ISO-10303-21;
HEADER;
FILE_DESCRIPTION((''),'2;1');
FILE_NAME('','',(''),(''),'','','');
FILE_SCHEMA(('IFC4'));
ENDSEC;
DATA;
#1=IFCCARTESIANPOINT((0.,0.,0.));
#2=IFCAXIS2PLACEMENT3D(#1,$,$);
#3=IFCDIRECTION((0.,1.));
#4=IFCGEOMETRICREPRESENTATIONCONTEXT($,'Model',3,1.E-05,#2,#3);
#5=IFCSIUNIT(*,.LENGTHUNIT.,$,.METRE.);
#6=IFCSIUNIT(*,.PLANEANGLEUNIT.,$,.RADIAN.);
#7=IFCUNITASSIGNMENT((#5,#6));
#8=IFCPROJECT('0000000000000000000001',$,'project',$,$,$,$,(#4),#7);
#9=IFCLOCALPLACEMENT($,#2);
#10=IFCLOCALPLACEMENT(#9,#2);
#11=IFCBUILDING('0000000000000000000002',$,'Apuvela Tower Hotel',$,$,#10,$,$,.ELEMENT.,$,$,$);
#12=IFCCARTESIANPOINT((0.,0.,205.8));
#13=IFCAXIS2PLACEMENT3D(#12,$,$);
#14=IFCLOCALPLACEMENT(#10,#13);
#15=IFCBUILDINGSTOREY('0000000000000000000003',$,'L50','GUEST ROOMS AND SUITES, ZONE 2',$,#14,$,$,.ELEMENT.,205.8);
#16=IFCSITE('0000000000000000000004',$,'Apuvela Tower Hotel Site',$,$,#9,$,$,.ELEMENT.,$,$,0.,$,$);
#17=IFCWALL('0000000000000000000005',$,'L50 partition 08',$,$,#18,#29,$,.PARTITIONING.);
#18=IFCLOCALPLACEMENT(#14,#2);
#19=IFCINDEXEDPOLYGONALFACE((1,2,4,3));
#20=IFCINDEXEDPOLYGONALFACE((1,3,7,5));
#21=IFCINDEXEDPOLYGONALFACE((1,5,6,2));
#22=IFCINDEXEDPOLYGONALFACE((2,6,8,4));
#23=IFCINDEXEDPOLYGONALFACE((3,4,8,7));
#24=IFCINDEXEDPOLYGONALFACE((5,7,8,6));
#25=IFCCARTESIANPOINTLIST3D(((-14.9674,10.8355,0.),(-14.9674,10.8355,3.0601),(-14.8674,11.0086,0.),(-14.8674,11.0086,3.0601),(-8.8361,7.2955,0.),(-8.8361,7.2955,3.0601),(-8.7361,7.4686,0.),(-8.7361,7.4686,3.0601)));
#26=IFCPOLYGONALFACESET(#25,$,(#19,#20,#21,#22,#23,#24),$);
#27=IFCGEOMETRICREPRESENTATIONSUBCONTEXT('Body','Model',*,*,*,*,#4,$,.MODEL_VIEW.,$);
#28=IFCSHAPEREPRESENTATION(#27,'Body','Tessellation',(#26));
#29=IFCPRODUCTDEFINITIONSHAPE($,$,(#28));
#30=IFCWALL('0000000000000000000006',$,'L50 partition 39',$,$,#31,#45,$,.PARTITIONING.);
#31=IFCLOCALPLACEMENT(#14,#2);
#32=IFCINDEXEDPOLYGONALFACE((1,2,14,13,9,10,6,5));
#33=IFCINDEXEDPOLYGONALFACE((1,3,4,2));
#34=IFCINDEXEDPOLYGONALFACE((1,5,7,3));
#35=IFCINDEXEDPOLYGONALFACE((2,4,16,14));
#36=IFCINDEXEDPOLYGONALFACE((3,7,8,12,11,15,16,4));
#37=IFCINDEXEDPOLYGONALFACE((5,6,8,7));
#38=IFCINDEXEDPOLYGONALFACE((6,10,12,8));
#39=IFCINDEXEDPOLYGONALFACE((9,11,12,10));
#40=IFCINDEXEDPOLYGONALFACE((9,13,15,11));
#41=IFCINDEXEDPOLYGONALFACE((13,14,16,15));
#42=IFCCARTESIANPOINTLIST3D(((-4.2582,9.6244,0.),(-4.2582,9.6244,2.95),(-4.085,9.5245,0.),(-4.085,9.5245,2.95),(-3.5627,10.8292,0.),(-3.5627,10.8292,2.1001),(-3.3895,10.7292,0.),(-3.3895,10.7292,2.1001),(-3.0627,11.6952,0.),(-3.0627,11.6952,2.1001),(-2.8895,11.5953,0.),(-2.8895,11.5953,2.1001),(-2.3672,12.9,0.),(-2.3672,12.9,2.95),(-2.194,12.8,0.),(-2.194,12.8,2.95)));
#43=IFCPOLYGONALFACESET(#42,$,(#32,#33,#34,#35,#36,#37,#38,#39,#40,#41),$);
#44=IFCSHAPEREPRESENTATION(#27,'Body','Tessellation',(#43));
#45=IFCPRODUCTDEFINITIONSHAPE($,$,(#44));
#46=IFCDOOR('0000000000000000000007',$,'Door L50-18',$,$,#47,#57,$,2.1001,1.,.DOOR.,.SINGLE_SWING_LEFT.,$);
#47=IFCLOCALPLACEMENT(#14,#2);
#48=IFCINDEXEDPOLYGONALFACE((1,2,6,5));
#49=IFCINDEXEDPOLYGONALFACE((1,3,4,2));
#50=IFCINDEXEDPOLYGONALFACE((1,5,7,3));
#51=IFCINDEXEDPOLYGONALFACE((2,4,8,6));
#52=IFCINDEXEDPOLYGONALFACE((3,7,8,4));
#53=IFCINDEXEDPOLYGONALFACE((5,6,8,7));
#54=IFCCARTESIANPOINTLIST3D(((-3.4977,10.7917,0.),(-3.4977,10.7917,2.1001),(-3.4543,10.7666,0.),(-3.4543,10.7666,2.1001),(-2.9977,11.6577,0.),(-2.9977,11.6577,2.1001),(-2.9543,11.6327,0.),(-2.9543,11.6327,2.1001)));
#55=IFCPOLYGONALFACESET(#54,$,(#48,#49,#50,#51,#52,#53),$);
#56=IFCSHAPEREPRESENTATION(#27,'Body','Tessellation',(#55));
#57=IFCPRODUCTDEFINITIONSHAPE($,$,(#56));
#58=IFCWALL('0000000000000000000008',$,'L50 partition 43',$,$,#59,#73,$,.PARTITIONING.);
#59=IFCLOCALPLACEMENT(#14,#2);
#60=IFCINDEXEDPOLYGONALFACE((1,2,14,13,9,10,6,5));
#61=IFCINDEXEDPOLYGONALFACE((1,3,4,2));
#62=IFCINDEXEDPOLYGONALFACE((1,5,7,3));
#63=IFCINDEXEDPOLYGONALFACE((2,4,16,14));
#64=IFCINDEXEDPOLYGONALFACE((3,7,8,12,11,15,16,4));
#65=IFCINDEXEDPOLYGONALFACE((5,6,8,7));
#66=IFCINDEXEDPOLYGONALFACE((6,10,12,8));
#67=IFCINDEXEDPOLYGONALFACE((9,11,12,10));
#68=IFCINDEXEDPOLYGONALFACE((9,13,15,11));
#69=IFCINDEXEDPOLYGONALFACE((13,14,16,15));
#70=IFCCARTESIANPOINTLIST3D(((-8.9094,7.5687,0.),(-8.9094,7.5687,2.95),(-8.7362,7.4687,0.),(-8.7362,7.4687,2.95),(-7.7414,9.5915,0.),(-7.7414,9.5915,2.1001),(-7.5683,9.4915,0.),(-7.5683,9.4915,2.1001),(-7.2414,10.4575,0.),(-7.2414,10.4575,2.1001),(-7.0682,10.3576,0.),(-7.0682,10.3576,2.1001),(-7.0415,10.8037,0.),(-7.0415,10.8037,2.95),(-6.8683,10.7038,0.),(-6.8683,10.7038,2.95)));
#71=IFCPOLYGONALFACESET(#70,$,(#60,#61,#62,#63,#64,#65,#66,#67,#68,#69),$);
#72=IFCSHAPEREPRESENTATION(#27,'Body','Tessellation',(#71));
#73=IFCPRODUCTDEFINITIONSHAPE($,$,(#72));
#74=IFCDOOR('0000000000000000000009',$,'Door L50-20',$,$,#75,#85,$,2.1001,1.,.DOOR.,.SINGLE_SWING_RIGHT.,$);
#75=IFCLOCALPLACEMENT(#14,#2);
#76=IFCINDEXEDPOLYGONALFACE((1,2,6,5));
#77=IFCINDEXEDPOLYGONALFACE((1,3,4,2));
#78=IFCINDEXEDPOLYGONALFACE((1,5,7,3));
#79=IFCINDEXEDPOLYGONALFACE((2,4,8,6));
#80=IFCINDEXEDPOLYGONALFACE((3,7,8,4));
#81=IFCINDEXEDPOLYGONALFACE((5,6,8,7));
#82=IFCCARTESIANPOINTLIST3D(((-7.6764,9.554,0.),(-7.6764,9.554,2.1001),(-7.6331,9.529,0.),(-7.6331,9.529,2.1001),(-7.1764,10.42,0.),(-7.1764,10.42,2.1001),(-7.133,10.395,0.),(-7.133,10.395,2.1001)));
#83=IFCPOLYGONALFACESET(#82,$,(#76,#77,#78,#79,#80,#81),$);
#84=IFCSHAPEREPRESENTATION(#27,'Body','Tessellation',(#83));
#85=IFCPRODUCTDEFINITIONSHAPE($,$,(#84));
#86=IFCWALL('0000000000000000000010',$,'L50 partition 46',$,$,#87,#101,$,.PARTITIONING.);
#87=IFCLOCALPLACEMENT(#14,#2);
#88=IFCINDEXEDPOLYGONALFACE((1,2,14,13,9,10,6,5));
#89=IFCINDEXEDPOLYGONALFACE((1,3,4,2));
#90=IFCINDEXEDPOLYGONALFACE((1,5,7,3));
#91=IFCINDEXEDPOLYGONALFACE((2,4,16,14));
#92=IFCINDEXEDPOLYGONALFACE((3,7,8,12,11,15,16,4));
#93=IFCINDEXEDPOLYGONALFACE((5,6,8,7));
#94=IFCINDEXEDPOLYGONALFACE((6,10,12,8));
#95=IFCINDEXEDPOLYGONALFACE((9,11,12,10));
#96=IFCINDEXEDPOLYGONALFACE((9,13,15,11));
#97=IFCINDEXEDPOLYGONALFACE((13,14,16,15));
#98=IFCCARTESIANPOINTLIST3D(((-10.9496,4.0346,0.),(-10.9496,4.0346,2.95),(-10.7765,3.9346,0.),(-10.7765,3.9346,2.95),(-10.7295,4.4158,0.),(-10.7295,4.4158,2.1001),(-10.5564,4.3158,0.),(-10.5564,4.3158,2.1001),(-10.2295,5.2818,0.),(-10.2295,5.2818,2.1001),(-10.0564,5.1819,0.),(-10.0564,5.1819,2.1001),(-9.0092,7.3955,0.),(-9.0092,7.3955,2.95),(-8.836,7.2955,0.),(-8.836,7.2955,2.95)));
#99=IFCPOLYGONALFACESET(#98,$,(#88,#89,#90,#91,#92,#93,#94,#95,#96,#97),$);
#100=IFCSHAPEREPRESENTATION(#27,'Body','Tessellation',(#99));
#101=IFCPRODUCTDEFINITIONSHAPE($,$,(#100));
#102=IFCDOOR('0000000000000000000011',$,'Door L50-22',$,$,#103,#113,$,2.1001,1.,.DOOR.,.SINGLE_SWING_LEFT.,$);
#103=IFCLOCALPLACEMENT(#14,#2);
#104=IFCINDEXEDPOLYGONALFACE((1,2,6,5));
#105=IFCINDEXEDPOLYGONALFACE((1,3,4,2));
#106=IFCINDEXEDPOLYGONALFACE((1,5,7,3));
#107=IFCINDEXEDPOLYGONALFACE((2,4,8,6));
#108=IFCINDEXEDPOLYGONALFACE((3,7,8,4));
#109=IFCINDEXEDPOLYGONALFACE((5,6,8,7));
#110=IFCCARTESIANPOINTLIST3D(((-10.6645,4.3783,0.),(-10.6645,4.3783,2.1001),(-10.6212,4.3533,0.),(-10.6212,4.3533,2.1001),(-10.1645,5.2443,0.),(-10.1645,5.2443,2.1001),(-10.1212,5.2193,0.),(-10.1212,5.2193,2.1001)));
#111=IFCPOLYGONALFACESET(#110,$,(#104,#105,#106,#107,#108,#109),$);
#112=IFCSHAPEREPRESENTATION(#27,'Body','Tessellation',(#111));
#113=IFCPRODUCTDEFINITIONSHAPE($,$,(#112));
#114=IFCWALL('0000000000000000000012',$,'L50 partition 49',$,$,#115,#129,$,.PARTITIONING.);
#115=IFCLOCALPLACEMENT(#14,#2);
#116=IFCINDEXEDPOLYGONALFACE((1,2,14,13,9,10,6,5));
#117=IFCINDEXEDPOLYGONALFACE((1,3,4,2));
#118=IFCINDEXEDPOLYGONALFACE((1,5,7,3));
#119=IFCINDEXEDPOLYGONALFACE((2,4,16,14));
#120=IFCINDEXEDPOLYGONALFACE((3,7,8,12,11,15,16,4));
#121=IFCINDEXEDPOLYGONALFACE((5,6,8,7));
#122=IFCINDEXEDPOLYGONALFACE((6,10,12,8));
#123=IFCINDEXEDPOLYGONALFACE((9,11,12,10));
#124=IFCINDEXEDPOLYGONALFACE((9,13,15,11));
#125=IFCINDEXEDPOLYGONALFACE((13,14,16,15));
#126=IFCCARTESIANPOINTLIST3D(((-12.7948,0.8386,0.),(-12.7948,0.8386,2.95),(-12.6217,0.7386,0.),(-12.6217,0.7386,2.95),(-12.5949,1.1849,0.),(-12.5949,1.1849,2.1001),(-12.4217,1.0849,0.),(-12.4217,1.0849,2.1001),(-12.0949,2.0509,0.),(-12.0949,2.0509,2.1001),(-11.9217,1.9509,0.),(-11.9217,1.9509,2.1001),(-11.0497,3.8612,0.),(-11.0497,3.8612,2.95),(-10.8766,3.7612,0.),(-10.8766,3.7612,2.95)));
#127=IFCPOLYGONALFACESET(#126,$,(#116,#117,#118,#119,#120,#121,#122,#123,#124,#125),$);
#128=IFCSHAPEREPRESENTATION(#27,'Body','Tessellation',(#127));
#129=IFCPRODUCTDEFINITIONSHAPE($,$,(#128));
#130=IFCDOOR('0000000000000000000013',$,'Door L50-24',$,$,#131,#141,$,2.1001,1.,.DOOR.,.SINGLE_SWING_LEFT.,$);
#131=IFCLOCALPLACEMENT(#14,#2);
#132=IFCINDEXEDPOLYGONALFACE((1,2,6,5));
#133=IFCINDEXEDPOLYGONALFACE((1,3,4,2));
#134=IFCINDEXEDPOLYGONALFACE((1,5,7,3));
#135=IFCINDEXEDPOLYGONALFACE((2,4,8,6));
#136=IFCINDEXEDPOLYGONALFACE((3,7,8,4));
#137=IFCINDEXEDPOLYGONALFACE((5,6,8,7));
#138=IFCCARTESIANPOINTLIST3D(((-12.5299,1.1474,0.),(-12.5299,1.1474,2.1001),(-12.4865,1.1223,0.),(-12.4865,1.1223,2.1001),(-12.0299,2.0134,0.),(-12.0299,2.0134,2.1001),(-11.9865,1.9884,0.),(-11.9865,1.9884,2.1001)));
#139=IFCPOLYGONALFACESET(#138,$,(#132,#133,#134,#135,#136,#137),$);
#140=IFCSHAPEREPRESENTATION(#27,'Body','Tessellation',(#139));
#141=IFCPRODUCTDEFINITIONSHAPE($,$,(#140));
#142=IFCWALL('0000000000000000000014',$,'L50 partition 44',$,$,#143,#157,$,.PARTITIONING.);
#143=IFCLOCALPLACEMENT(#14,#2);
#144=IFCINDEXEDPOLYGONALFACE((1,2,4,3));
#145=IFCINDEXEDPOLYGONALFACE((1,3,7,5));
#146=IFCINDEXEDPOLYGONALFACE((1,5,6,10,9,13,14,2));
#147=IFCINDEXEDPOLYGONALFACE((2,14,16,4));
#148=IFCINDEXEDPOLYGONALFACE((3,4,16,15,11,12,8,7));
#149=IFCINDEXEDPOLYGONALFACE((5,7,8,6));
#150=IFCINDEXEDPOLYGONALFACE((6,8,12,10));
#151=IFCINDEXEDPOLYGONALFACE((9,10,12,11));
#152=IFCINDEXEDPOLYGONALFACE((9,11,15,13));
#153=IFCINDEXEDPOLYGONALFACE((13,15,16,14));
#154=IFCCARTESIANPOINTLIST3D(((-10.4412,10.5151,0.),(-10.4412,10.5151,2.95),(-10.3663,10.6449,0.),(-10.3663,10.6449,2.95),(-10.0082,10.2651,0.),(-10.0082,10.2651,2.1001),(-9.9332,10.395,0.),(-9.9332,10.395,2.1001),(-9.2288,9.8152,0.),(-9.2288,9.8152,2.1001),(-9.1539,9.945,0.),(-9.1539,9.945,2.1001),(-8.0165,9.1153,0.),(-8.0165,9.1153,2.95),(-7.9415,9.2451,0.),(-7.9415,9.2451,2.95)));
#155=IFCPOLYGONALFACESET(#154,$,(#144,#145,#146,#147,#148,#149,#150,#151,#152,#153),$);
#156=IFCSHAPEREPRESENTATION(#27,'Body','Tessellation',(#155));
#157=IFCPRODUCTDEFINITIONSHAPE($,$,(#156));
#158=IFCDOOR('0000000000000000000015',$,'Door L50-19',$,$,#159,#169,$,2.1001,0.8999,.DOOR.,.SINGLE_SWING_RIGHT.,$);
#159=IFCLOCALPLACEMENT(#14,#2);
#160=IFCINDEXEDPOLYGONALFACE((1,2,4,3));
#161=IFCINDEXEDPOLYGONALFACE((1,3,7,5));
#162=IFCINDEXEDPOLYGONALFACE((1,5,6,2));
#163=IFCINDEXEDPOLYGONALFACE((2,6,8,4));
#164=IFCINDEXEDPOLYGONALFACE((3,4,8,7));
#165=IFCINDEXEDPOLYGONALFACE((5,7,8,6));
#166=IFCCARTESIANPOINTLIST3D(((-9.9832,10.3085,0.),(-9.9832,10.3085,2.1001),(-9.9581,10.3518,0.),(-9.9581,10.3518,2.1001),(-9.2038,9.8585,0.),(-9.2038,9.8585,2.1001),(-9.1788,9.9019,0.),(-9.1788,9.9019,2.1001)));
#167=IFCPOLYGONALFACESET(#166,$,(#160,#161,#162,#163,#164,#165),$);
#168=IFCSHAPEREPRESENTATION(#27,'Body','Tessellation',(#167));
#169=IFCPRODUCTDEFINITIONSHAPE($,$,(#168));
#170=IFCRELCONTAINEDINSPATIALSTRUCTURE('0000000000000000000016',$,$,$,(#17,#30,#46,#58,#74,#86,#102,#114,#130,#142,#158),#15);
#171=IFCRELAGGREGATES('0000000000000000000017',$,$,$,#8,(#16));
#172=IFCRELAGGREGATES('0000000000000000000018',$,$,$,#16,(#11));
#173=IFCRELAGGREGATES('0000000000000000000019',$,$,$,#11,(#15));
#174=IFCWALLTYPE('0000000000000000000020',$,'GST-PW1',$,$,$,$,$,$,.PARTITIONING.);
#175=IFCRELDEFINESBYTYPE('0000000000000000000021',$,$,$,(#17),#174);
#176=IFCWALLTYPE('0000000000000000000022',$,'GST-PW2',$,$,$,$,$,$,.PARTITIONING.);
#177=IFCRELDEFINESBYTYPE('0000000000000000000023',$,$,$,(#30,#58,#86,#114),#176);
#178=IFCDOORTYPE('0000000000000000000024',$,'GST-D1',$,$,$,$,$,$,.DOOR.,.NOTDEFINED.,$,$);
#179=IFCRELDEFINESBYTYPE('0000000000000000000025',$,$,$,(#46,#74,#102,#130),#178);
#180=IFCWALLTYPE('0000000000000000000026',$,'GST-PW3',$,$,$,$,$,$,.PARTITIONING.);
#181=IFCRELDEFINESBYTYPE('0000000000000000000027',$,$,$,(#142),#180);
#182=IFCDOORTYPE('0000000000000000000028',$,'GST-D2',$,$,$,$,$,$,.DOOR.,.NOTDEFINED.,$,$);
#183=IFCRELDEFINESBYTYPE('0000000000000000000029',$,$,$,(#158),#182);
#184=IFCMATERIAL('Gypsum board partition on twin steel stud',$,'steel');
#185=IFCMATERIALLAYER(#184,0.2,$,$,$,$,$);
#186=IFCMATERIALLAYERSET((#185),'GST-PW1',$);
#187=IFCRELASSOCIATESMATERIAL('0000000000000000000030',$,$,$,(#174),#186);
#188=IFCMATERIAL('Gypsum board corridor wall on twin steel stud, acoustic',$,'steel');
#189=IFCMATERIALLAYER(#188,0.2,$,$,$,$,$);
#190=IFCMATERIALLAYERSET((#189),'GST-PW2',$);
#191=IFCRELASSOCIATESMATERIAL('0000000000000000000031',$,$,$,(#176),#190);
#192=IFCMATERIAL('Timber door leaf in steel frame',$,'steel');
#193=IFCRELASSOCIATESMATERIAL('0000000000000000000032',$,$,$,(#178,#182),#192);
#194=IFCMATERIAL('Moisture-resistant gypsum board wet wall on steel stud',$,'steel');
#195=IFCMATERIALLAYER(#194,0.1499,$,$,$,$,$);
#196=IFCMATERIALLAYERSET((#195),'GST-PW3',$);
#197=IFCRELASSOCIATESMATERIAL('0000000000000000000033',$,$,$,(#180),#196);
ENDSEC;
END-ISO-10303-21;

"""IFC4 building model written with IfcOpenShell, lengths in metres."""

from ifc_helpers import new_model, si_unit, direction, frame, frame_2d, origin, place, context, subcontext, project, spatial, rectangle, extrude, material, layer, layer_set, type_object, element, fill, save


model = new_model("IFC4")

# Units and contexts
model_context = context("Model", 3, precision=1e-05, world=origin(), true_north=direction((0.0, 1.0)))
body_context = subcontext(model_context, "Body", "Model", "MODEL_VIEW")
ifc_project = project(units=[si_unit("LENGTHUNIT", "METRE"), si_unit("PLANEANGLEUNIT", "RADIAN")], contexts=[model_context])

# Site, building, storey
site_placement = place(None, origin())
site = spatial("IfcSite", under=ifc_project, at=site_placement, Name="Apuvela Tower Hotel Site", CompositionType="ELEMENT", RefElevation=0.0)
building_placement = place(site_placement, origin())
building = spatial("IfcBuilding", under=site, at=building_placement, Name="Apuvela Tower Hotel", CompositionType="ELEMENT")
storey_placement = place(building_placement, frame((0.0, 0.0, 205.8)))
storey = spatial("IfcBuildingStorey", under=building, at=storey_placement, Name="L50", Description="GUEST ROOMS AND SUITES, ZONE 2", CompositionType="ELEMENT", Elevation=205.8)

# Wall
ifc_material_1 = material(Name="Gypsum board partition on twin steel stud", Category="steel")
ifc_layer_1 = layer(ifc_material_1, 0.2)
ifc_layer_set_1 = layer_set([ifc_layer_1], Name="GST-PW1")
wall_type_1 = type_object("IfcWallType", Name="GST-PW1", PredefinedType="PARTITIONING", material=ifc_layer_set_1)
wall_1_placement = place(storey_placement, frame((-14.9175, 10.9221, 0.0), z_axis=(0.0, 0.0, 1.0), x_axis=(0.866019, -0.500011, 0.0)))
element("IfcWall", 1, at=wall_1_placement, inside=storey, type_object=wall_type_1, Name="L50 partition 08", PredefinedType="PARTITIONING", context=body_context, shape_type="SweptSolid", body=[
    extrude(rectangle(XDim=7.0798, YDim=0.2, at=frame_2d((3.54, 0.0))), origin(), (0.0, 0.0, 1.0), 3.0601),
])

# Walls, openings, doors
ifc_material_2 = material(Name="Gypsum board corridor wall on twin steel stud, acoustic", Category="steel")
ifc_layer_2 = layer(ifc_material_2, 0.2)
ifc_layer_set_2 = layer_set([ifc_layer_2], Name="GST-PW2")
wall_type_2 = type_object("IfcWallType", Name="GST-PW2", PredefinedType="PARTITIONING", material=ifc_layer_set_2)
wall_2_placement = place(storey_placement, frame((-4.1716, 9.5745, 0.0), z_axis=(0.0, 0.0, 1.0), x_axis=(0.499985, 0.866034, 0.0)))
wall_2 = element("IfcWall", 2, at=wall_2_placement, inside=storey, type_object=wall_type_2, Name="L50 partition 39", PredefinedType="PARTITIONING", context=body_context, shape_type="SweptSolid", body=[
    extrude(rectangle(XDim=3.7822, YDim=0.2, at=frame_2d((1.8911, 0.0))), origin(), (0.0, 0.0, 1.0), 2.95),
])
opening_1_placement = place(wall_2_placement, frame((1.3911, 0.0, 0.0)))
opening_1 = element("IfcOpeningElement", 3, at=opening_1_placement, cuts=wall_2, PredefinedType="OPENING", context=body_context, shape_type="SweptSolid", body=[
    extrude(rectangle(XDim=1.0, YDim=2.1001, at=frame_2d((0.5, 1.05))), frame((0.0, 0.1099, 0.0), z_axis=(0.0, -1.0, 0.0), x_axis=(1.0, 0.0, 0.0)), (0.0, 0.0, 1.0), 0.22),
])
ifc_material_3 = material(Name="Timber door leaf in steel frame", Category="steel")
door_type_1 = type_object("IfcDoorType", Name="GST-D1", OperationType="NOTDEFINED", PredefinedType="DOOR", material=ifc_material_3)
door_1_placement = place(opening_1_placement, origin())
door_1 = element("IfcDoor", 4, at=door_1_placement, inside=storey, type_object=door_type_1, Name="Door L50-18", OperationType="SINGLE_SWING_LEFT", OverallHeight=2.1001, OverallWidth=1.0, PredefinedType="DOOR", context=body_context, shape_type="SweptSolid", body=[
    extrude(rectangle(XDim=1.0, YDim=2.1001, at=frame_2d((0.5, 1.05))), frame((0.0, 0.0249, 0.0), z_axis=(0.0, -1.0, 0.0), x_axis=(1.0, 0.0, 0.0)), (0.0, 0.0, 1.0), 0.05),
])
fill(opening_1, door_1)
wall_3_placement = place(storey_placement, frame((-8.8228, 7.5188, 0.0), z_axis=(0.0, 0.0, 1.0), x_axis=(0.500026, 0.86601, 0.0)))
wall_3 = element("IfcWall", 5, at=wall_3_placement, inside=storey, type_object=wall_type_2, Name="L50 partition 43", PredefinedType="PARTITIONING", context=body_context, shape_type="SweptSolid", body=[
    extrude(rectangle(XDim=3.7356, YDim=0.2, at=frame_2d((1.8677, 0.0))), origin(), (0.0, 0.0, 1.0), 2.95),
])
opening_2_placement = place(wall_3_placement, frame((2.3357, 0.0, 0.0)))
opening_2 = element("IfcOpeningElement", 6, at=opening_2_placement, cuts=wall_3, PredefinedType="OPENING", context=body_context, shape_type="SweptSolid", body=[
    extrude(rectangle(XDim=1.0, YDim=2.1001, at=frame_2d((0.5, 1.05))), frame((0.0, 0.1099, 0.0), z_axis=(0.0, -1.0, 0.0), x_axis=(1.0, 0.0, 0.0)), (0.0, 0.0, 1.0), 0.22),
])
door_2_placement = place(opening_2_placement, origin())
door_2 = element("IfcDoor", 7, at=door_2_placement, inside=storey, type_object=door_type_1, Name="Door L50-20", OperationType="SINGLE_SWING_RIGHT", OverallHeight=2.1001, OverallWidth=1.0, PredefinedType="DOOR", context=body_context, shape_type="SweptSolid", body=[
    extrude(rectangle(XDim=1.0, YDim=2.1001, at=frame_2d((0.5, 1.05))), frame((0.0, 0.0249, 0.0), z_axis=(0.0, -1.0, 0.0), x_axis=(1.0, 0.0, 0.0)), (0.0, 0.0, 1.0), 0.05),
])
fill(opening_2, door_2)
wall_4_placement = place(storey_placement, frame((-10.863, 3.9846, 0.0), z_axis=(0.0, 0.0, 1.0), x_axis=(0.500009, 0.86602, 0.0)))
wall_4 = element("IfcWall", 8, at=wall_4_placement, inside=storey, type_object=wall_type_2, Name="L50 partition 46", PredefinedType="PARTITIONING", context=body_context, shape_type="SweptSolid", body=[
    extrude(rectangle(XDim=3.8809, YDim=0.2, at=frame_2d((1.9404, 0.0))), origin(), (0.0, 0.0, 1.0), 2.95),
])
opening_3_placement = place(wall_4_placement, frame((0.4402, 0.0, 0.0)))
opening_3 = element("IfcOpeningElement", 9, at=opening_3_placement, cuts=wall_4, PredefinedType="OPENING", context=body_context, shape_type="SweptSolid", body=[
    extrude(rectangle(XDim=1.0, YDim=2.1001, at=frame_2d((0.5, 1.05))), frame((0.0, 0.1099, 0.0), z_axis=(0.0, -1.0, 0.0), x_axis=(1.0, 0.0, 0.0)), (0.0, 0.0, 1.0), 0.22),
])
door_3_placement = place(opening_3_placement, origin())
door_3 = element("IfcDoor", 10, at=door_3_placement, inside=storey, type_object=door_type_1, Name="Door L50-22", OperationType="SINGLE_SWING_LEFT", OverallHeight=2.1001, OverallWidth=1.0, PredefinedType="DOOR", context=body_context, shape_type="SweptSolid", body=[
    extrude(rectangle(XDim=1.0, YDim=2.1001, at=frame_2d((0.5, 1.05))), frame((0.0, 0.0249, 0.0), z_axis=(0.0, -1.0, 0.0), x_axis=(1.0, 0.0, 0.0)), (0.0, 0.0, 1.0), 0.05),
])
fill(opening_3, door_3)
wall_5_placement = place(storey_placement, frame((-12.7083, 0.7886, 0.0), z_axis=(0.0, 0.0, 1.0), x_axis=(0.499991, 0.866031, 0.0)))
wall_5 = element("IfcWall", 11, at=wall_5_placement, inside=storey, type_object=wall_type_2, Name="L50 partition 49", PredefinedType="PARTITIONING", context=body_context, shape_type="SweptSolid", body=[
    extrude(rectangle(XDim=3.4902, YDim=0.2, at=frame_2d((1.7451, 0.0))), origin(), (0.0, 0.0, 1.0), 2.95),
])
opening_4_placement = place(wall_5_placement, frame((0.3999, 0.0, 0.0)))
opening_4 = element("IfcOpeningElement", 12, at=opening_4_placement, cuts=wall_5, PredefinedType="OPENING", context=body_context, shape_type="SweptSolid", body=[
    extrude(rectangle(XDim=1.0, YDim=2.1001, at=frame_2d((0.5, 1.05))), frame((0.0, 0.1099, 0.0), z_axis=(0.0, -1.0, 0.0), x_axis=(1.0, 0.0, 0.0)), (0.0, 0.0, 1.0), 0.22),
])
door_4_placement = place(opening_4_placement, origin())
door_4 = element("IfcDoor", 13, at=door_4_placement, inside=storey, type_object=door_type_1, Name="Door L50-24", OperationType="SINGLE_SWING_LEFT", OverallHeight=2.1001, OverallWidth=1.0, PredefinedType="DOOR", context=body_context, shape_type="SweptSolid", body=[
    extrude(rectangle(XDim=1.0, YDim=2.1001, at=frame_2d((0.5, 1.05))), frame((0.0, 0.0249, 0.0), z_axis=(0.0, -1.0, 0.0), x_axis=(1.0, 0.0, 0.0)), (0.0, 0.0, 1.0), 0.05),
])
fill(opening_4, door_4)
ifc_material_4 = material(Name="Moisture-resistant gypsum board wet wall on steel stud", Category="steel")
ifc_layer_3 = layer(ifc_material_4, 0.1499)
ifc_layer_set_3 = layer_set([ifc_layer_3], Name="GST-PW3")
wall_type_3 = type_object("IfcWallType", Name="GST-PW3", PredefinedType="PARTITIONING", material=ifc_layer_set_3)
wall_6_placement = place(storey_placement, frame((-7.979, 9.1802, 0.0), z_axis=(0.0, 0.0, 1.0), x_axis=(-0.866035, 0.499984, 0.0)))
wall_6 = element("IfcWall", 14, at=wall_6_placement, inside=storey, type_object=wall_type_3, Name="L50 partition 44", PredefinedType="PARTITIONING", context=body_context, shape_type="SweptSolid", body=[
    extrude(rectangle(XDim=2.7998, YDim=0.1499, at=frame_2d((1.3999, 0.0))), origin(), (0.0, 0.0, 1.0), 2.95),
])
opening_5_placement = place(wall_6_placement, frame((1.3999, 0.0, 0.0)))
opening_5 = element("IfcOpeningElement", 15, at=opening_5_placement, cuts=wall_6, PredefinedType="OPENING", context=body_context, shape_type="SweptSolid", body=[
    extrude(rectangle(XDim=0.8999, YDim=2.1001, at=frame_2d((0.45, 1.05))), frame((0.0, 0.085, 0.0), z_axis=(0.0, -1.0, 0.0), x_axis=(1.0, 0.0, 0.0)), (0.0, 0.0, 1.0), 0.1699),
])
door_type_2 = type_object("IfcDoorType", Name="GST-D2", OperationType="NOTDEFINED", PredefinedType="DOOR", material=ifc_material_3)
door_5_placement = place(opening_5_placement, origin())
door_5 = element("IfcDoor", 16, at=door_5_placement, inside=storey, type_object=door_type_2, Name="Door L50-19", OperationType="SINGLE_SWING_RIGHT", OverallHeight=2.1001, OverallWidth=0.8999, PredefinedType="DOOR", context=body_context, shape_type="SweptSolid", body=[
    extrude(rectangle(XDim=0.8999, YDim=2.1001, at=frame_2d((0.45, 1.05))), frame((0.0, 0.0249, 0.0), z_axis=(0.0, -1.0, 0.0), x_axis=(1.0, 0.0, 0.0)), (0.0, 0.0, 1.0), 0.05),
])
fill(opening_5, door_5)

save(model, "model.ifc")
